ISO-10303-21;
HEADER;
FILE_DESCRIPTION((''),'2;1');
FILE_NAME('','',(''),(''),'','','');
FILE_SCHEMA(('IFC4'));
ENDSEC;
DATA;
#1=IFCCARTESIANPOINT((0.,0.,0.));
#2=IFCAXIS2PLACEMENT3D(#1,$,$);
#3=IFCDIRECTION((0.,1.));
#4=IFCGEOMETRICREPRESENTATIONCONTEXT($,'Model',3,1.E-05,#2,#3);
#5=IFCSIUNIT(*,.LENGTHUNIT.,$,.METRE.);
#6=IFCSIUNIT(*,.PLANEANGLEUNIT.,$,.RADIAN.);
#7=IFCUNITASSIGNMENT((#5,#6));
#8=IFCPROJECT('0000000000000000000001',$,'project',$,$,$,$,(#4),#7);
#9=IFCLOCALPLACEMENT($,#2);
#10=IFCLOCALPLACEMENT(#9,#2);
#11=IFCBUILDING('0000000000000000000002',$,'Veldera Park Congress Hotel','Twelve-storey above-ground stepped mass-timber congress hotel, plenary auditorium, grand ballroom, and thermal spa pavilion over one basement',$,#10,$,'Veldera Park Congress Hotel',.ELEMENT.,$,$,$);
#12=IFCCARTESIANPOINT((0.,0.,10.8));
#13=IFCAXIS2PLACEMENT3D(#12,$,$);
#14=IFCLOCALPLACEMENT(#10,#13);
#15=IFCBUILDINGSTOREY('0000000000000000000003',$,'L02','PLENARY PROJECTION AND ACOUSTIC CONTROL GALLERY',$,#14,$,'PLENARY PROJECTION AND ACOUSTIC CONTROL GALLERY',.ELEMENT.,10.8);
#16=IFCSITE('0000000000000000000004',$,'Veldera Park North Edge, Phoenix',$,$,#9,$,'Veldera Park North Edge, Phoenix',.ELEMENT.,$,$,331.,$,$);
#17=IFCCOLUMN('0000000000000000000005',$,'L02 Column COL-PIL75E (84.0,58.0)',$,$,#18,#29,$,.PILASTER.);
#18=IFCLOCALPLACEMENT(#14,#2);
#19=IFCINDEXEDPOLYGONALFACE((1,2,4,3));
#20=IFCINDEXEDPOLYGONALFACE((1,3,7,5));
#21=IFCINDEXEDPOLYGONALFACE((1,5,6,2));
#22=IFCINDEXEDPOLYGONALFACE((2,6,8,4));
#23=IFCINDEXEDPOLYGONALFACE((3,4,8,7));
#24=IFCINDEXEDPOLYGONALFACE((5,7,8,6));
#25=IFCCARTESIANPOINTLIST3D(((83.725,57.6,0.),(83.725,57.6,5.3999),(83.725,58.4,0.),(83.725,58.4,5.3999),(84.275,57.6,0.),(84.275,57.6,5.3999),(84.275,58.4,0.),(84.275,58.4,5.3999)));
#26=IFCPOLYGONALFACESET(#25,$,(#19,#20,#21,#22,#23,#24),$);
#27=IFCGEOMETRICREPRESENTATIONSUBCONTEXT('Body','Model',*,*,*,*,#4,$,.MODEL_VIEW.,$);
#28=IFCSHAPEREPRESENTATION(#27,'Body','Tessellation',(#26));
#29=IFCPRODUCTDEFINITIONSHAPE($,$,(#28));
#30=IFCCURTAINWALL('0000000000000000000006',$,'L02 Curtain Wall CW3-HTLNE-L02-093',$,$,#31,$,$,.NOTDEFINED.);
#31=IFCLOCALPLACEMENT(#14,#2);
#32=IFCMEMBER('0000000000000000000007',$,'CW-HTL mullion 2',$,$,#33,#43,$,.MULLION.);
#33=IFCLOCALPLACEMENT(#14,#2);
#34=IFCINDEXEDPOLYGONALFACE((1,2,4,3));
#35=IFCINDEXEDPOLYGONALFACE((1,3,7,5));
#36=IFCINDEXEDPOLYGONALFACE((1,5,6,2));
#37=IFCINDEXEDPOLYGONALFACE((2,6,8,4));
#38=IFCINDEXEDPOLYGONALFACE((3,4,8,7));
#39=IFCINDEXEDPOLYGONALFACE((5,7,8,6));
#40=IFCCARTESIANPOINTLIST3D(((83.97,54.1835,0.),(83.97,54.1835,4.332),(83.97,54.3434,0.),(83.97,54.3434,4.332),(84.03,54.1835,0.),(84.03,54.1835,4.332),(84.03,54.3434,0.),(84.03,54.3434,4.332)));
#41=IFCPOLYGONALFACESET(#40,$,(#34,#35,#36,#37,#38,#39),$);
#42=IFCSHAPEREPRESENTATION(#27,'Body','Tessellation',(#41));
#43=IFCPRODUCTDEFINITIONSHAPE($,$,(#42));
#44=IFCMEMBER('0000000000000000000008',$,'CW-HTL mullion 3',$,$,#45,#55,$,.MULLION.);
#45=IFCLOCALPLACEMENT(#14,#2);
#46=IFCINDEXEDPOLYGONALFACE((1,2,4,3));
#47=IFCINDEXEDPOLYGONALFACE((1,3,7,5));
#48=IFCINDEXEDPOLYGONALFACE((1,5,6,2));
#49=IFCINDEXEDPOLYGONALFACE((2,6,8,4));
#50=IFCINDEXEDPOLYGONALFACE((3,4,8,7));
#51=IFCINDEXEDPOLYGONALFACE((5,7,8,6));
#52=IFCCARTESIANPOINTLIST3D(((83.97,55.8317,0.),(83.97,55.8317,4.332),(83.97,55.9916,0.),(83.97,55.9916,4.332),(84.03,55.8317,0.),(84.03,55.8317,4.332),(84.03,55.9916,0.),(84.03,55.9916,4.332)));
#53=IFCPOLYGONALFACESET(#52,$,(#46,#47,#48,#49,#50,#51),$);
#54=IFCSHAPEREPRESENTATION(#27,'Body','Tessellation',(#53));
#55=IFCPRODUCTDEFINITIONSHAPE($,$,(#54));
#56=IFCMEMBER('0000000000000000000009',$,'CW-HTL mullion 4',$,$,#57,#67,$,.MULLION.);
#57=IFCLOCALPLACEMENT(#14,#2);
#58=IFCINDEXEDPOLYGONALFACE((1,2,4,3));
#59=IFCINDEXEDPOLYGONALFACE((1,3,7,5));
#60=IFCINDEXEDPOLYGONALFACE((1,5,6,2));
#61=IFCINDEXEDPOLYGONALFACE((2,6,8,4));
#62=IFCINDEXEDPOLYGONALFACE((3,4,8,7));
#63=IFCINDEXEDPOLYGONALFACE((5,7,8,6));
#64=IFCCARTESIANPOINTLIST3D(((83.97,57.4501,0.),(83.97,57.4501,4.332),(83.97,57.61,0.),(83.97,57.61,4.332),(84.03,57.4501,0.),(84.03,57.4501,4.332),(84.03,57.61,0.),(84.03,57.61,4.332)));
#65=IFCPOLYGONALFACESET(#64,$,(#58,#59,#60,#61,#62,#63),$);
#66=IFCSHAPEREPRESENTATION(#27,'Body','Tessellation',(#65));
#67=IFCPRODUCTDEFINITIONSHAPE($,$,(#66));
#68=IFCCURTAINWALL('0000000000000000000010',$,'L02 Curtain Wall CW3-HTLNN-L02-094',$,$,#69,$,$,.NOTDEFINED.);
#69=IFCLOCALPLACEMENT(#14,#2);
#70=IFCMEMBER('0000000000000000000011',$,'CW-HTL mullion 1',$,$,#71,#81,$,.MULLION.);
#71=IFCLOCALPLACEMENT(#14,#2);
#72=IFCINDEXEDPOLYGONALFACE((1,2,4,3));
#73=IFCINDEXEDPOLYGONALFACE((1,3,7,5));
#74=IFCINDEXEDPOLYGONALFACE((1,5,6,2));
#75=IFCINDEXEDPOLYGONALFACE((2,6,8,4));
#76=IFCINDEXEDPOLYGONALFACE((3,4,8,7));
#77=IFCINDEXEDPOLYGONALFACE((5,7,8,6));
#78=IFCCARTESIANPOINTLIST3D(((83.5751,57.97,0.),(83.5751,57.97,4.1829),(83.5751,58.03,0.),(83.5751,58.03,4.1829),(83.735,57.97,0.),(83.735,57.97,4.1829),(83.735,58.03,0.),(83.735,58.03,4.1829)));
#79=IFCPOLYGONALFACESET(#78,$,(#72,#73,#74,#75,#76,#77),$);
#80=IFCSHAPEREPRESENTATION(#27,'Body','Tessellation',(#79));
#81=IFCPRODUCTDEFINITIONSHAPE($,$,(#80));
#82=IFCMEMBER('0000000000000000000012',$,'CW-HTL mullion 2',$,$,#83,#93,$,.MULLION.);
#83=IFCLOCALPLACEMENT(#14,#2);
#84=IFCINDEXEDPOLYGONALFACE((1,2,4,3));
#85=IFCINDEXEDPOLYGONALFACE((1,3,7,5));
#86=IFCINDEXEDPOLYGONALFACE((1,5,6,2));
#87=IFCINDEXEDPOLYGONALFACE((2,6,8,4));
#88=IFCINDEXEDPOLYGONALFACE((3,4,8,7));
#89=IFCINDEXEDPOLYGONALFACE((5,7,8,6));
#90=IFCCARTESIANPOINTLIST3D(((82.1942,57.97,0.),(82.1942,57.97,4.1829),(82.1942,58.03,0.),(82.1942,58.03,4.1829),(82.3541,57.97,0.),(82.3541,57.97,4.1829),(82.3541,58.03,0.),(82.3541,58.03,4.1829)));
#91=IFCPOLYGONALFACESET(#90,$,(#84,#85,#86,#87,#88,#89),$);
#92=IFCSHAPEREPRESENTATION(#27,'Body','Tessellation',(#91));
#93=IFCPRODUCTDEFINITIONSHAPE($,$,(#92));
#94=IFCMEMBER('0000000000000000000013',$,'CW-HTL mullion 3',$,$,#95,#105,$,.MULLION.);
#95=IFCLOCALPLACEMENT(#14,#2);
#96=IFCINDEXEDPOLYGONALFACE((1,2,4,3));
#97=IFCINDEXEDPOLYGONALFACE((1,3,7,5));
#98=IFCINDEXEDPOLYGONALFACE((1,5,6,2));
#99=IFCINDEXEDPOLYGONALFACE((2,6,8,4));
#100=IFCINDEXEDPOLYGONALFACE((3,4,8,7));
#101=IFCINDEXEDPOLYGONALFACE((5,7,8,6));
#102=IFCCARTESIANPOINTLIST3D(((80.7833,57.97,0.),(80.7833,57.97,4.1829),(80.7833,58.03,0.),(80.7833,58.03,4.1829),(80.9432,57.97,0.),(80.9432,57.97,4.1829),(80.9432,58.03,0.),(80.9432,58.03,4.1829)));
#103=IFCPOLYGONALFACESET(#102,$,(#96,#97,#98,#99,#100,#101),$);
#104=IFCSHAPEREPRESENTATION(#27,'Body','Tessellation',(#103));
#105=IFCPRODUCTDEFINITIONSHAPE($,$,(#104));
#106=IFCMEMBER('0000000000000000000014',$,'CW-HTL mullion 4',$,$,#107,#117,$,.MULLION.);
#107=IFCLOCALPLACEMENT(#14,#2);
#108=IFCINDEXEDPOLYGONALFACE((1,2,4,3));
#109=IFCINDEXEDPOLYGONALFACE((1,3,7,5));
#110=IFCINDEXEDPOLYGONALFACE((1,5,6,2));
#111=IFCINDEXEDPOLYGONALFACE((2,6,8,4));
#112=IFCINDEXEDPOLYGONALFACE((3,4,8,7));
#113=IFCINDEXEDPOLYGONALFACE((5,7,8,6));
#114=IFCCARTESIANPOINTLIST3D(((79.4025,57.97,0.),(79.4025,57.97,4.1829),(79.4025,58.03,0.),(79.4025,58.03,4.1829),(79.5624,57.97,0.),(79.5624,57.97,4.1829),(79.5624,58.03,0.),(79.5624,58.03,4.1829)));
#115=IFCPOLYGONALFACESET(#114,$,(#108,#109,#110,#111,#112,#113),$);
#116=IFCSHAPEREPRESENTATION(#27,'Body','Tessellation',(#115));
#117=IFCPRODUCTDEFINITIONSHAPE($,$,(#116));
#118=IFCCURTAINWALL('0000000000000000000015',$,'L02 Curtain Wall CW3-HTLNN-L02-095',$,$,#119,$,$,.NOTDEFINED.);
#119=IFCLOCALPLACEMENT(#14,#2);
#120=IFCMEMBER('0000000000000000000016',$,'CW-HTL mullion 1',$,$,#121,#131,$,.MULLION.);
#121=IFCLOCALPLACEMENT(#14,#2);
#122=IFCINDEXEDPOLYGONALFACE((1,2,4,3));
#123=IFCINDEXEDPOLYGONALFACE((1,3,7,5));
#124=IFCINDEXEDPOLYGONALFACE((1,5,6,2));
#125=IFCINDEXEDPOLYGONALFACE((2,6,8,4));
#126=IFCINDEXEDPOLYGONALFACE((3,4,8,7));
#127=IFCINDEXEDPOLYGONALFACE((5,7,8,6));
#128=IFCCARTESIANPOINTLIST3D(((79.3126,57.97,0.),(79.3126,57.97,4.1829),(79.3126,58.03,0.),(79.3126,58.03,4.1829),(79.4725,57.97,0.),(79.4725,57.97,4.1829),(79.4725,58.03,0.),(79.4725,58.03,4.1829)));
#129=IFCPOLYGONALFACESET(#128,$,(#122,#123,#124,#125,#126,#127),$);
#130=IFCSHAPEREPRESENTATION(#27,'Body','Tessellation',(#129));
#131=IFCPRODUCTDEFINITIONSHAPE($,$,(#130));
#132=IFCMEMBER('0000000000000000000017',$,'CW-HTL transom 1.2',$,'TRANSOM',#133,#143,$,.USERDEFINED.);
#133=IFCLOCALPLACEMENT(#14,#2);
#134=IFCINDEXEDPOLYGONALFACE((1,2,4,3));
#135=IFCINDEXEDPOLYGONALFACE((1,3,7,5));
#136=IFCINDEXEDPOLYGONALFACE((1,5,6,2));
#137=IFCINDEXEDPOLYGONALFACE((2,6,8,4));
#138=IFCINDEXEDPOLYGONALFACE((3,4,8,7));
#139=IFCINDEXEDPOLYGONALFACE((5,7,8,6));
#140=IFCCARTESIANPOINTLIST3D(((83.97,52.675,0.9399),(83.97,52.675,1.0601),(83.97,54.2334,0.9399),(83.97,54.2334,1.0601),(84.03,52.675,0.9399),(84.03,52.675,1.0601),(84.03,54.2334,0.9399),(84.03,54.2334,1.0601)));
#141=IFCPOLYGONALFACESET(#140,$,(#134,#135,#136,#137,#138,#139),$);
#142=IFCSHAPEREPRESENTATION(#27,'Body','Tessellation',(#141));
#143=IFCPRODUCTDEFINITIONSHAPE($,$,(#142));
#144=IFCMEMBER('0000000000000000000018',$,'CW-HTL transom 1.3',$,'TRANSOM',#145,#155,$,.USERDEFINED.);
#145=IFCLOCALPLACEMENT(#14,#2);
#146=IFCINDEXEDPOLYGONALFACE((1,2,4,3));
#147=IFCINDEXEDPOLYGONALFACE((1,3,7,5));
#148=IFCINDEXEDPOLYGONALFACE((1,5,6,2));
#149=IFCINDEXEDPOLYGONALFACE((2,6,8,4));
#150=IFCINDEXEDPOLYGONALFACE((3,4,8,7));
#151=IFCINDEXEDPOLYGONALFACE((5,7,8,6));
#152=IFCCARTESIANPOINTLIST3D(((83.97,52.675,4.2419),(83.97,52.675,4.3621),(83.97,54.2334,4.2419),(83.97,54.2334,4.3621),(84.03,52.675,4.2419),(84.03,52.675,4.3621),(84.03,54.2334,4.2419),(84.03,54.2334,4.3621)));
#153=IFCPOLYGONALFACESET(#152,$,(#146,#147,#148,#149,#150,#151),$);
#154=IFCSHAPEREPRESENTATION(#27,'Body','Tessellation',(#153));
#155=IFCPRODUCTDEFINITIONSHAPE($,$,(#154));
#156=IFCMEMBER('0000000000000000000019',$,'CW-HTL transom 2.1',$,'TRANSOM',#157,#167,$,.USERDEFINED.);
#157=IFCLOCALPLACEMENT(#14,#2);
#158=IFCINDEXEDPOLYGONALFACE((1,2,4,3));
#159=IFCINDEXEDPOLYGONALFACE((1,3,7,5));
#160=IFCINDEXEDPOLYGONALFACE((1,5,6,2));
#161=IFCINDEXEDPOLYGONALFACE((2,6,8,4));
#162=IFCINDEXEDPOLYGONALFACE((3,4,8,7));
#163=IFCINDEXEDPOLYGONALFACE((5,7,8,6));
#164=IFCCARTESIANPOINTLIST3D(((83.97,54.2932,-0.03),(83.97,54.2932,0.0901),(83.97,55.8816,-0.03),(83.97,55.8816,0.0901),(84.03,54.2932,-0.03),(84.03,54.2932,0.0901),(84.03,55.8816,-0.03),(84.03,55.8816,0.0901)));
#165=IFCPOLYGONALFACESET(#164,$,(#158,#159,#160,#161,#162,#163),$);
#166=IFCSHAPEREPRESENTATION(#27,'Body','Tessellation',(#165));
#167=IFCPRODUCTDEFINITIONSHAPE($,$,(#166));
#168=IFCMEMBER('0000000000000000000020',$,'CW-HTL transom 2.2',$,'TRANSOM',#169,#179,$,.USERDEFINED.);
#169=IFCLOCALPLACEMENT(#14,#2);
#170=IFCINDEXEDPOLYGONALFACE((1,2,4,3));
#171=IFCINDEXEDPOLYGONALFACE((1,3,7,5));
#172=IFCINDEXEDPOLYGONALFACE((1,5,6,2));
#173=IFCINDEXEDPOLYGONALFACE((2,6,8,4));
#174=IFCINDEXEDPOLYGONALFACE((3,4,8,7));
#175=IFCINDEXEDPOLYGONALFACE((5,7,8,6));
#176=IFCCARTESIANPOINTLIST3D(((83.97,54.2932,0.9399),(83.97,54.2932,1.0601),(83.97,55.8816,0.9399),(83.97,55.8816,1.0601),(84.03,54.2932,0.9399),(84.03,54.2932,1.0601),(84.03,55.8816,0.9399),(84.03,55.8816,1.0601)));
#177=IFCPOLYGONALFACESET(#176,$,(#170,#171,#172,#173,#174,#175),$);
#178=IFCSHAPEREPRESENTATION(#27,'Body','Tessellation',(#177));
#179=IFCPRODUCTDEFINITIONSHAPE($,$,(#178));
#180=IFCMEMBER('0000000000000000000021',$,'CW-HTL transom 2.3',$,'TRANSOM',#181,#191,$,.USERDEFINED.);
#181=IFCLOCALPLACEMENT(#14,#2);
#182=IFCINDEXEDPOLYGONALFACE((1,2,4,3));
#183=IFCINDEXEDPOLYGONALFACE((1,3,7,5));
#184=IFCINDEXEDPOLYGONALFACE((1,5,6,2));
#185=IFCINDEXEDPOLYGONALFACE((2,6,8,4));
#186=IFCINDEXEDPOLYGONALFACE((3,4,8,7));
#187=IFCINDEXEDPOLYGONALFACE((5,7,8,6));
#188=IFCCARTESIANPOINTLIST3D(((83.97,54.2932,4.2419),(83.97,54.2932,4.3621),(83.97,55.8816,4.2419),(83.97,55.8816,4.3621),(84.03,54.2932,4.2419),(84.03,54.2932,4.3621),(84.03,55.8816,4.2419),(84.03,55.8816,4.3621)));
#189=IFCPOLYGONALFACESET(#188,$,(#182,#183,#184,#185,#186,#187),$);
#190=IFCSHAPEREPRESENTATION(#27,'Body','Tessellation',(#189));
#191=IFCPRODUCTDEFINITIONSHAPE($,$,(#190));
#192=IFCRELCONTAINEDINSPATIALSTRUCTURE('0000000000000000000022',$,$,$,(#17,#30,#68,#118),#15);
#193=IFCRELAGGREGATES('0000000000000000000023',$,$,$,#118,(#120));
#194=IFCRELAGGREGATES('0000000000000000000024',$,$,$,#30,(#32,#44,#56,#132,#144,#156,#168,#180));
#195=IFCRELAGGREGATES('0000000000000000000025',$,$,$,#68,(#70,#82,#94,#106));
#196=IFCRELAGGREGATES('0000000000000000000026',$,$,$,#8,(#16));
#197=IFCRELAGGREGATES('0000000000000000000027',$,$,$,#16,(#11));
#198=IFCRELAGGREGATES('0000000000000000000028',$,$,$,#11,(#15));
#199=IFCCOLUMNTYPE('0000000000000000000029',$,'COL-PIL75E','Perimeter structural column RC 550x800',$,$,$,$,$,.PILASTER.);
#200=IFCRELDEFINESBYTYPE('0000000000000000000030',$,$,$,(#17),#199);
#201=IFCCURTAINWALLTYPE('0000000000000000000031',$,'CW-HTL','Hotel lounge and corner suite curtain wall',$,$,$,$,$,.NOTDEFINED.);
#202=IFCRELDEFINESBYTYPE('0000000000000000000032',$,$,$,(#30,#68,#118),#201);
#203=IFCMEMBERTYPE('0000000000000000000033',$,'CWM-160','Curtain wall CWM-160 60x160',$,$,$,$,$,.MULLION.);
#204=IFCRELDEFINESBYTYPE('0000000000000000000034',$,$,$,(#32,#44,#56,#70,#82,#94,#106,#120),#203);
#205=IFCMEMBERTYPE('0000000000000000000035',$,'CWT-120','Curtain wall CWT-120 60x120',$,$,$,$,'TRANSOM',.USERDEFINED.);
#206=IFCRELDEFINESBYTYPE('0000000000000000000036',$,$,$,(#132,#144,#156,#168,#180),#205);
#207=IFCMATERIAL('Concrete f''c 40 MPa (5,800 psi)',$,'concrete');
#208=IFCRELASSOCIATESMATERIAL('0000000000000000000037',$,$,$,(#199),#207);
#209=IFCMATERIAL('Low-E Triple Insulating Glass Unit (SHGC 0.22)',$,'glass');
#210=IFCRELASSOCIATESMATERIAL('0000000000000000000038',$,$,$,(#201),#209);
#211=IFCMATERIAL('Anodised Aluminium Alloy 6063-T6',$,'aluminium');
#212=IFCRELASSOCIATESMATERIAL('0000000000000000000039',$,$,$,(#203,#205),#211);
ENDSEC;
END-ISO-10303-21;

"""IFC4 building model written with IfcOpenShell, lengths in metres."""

from ifc_helpers import new_model, si_unit, direction, frame, origin, origin_2d, place, context, subcontext, project, spatial, rectangle, extrude, material, material_profile, profile_set, type_object, element, aggregate, save


model = new_model("IFC4")

# Units and contexts
model_context = context("Model", 3, precision=1e-05, world=origin(), true_north=direction((0.0, 1.0)))
body_context = subcontext(model_context, "Body", "Model", "MODEL_VIEW")
ifc_project = project(units=[si_unit("LENGTHUNIT", "METRE"), si_unit("PLANEANGLEUNIT", "RADIAN")], contexts=[model_context])

# Site, building, storey
site_placement = place(None, origin())
site = spatial("IfcSite", under=ifc_project, at=site_placement, Name="Veldera Park North Edge, Phoenix", LongName="Veldera Park North Edge, Phoenix", CompositionType="ELEMENT", RefElevation=331.0)
building_placement = place(site_placement, origin())
building = spatial("IfcBuilding", under=site, at=building_placement, Name="Veldera Park Congress Hotel", Description="Twelve-storey above-ground stepped mass-timber congress hotel, plenary auditorium, grand ballroom, and thermal spa pavilion over one basement", LongName="Veldera Park Congress Hotel", CompositionType="ELEMENT")
storey_placement = place(building_placement, frame((0.0, 0.0, 10.8)))
storey = spatial("IfcBuildingStorey", under=building, at=storey_placement, Name="L02", Description="PLENARY PROJECTION AND ACOUSTIC CONTROL GALLERY", LongName="PLENARY PROJECTION AND ACOUSTIC CONTROL GALLERY", CompositionType="ELEMENT", Elevation=10.8)

# Column
ifc_material_1 = material(Name="Concrete f'c 40 MPa (5,800 psi)", Category="concrete")
ifc_material_profile_1 = material_profile(ifc_material_1, rectangle(XDim=0.55, YDim=0.8, at=origin_2d()), Name="RC 550x800")
ifc_profile_set_1 = profile_set([ifc_material_profile_1], Name="Concrete f'c 40 MPa (5,800 psi)")
column_type = type_object("IfcColumnType", Name="COL-PIL75E", Description="Perimeter structural column RC 550x800", PredefinedType="PILASTER", material=ifc_profile_set_1)
column_placement = place(storey_placement, frame((84.0, 58.0, 0.0), z_axis=(0.0, 0.0, 1.0), x_axis=(1.0, 0.0, 0.0)))
element("IfcColumn", 1, at=column_placement, inside=storey, type_object=column_type, Name="L02 Column COL-PIL75E (84.0,58.0)", PredefinedType="PILASTER", context=body_context, shape_type="SweptSolid", body=[
    extrude(rectangle(XDim=0.55, YDim=0.8, at=origin_2d()), origin(), (0.0, 0.0, 1.0), 5.3999),
])

# Curtain walls, members
ifc_material_2 = material(Name="Low-E Triple Insulating Glass Unit (SHGC 0.22)", Category="glass")
curtain_wall_type = type_object("IfcCurtainWallType", Name="CW-HTL", Description="Hotel lounge and corner suite curtain wall", PredefinedType="NOTDEFINED", material=ifc_material_2)
curtain_wall_1_placement = place(storey_placement, origin())
curtain_wall_1 = element("IfcCurtainWall", 2, at=curtain_wall_1_placement, inside=storey, type_object=curtain_wall_type, Name="L02 Curtain Wall CW3-HTLNE-L02-093", PredefinedType="NOTDEFINED")
ifc_material_3 = material(Name="Anodised Aluminium Alloy 6063-T6", Category="aluminium")
ifc_material_profile_2 = material_profile(ifc_material_3, rectangle(XDim=0.0601, YDim=0.1599, at=origin_2d()), Name="ALU 60x160")
ifc_profile_set_2 = profile_set([ifc_material_profile_2], Name="Anodised Aluminium Alloy 6063-T6")
member_type_1 = type_object("IfcMemberType", Name="CWM-160", Description="Curtain wall CWM-160 60x160", PredefinedType="MULLION", material=ifc_profile_set_2)
member_1_placement = place(storey_placement, frame((84.0, 54.2634, 0.0), z_axis=(0.0, 0.0, 1.0), x_axis=(-1.0, 0.0, 0.0)))
member_1 = element("IfcMember", 3, at=member_1_placement, type_object=member_type_1, Name="CW-HTL mullion 2", PredefinedType="MULLION", context=body_context, shape_type="SweptSolid", body=[
    extrude(rectangle(XDim=0.0601, YDim=0.1599, at=origin_2d()), origin(), (0.0, 0.0, 1.0), 4.332),
])
member_2_placement = place(storey_placement, frame((84.0, 55.9116, 0.0), z_axis=(0.0, 0.0, 1.0), x_axis=(-1.0, 0.0, 0.0)))
member_2 = element("IfcMember", 4, at=member_2_placement, type_object=member_type_1, Name="CW-HTL mullion 3", PredefinedType="MULLION", context=body_context, shape_type="SweptSolid", body=[
    extrude(rectangle(XDim=0.0601, YDim=0.1599, at=origin_2d()), origin(), (0.0, 0.0, 1.0), 4.332),
])
member_3_placement = place(storey_placement, frame((84.0, 57.53, 0.0), z_axis=(0.0, 0.0, 1.0), x_axis=(-1.0, 0.0, 0.0)))
member_3 = element("IfcMember", 5, at=member_3_placement, type_object=member_type_1, Name="CW-HTL mullion 4", PredefinedType="MULLION", context=body_context, shape_type="SweptSolid", body=[
    extrude(rectangle(XDim=0.0601, YDim=0.1599, at=origin_2d()), origin(), (0.0, 0.0, 1.0), 4.332),
])
curtain_wall_2_placement = place(storey_placement, origin())
curtain_wall_2 = element("IfcCurtainWall", 6, at=curtain_wall_2_placement, inside=storey, type_object=curtain_wall_type, Name="L02 Curtain Wall CW3-HTLNN-L02-094", PredefinedType="NOTDEFINED")
member_4_placement = place(storey_placement, frame((83.655, 58.0, 0.0), z_axis=(0.0, 0.0, 1.0), x_axis=(0.0, -1.0, 0.0)))
member_4 = element("IfcMember", 7, at=member_4_placement, type_object=member_type_1, Name="CW-HTL mullion 1", PredefinedType="MULLION", context=body_context, shape_type="SweptSolid", body=[
    extrude(rectangle(XDim=0.0601, YDim=0.1599, at=origin_2d()), origin(), (0.0, 0.0, 1.0), 4.1829),
])
member_5_placement = place(storey_placement, frame((82.2742, 58.0, 0.0), z_axis=(0.0, 0.0, 1.0), x_axis=(0.0, -1.0, 0.0)))
member_5 = element("IfcMember", 8, at=member_5_placement, type_object=member_type_1, Name="CW-HTL mullion 2", PredefinedType="MULLION", context=body_context, shape_type="SweptSolid", body=[
    extrude(rectangle(XDim=0.0601, YDim=0.1599, at=origin_2d()), origin(), (0.0, 0.0, 1.0), 4.1829),
])
member_6_placement = place(storey_placement, frame((80.8633, 58.0, 0.0), z_axis=(0.0, 0.0, 1.0), x_axis=(0.0, -1.0, 0.0)))
member_6 = element("IfcMember", 9, at=member_6_placement, type_object=member_type_1, Name="CW-HTL mullion 3", PredefinedType="MULLION", context=body_context, shape_type="SweptSolid", body=[
    extrude(rectangle(XDim=0.0601, YDim=0.1599, at=origin_2d()), origin(), (0.0, 0.0, 1.0), 4.1829),
])
member_7_placement = place(storey_placement, frame((79.4824, 58.0, 0.0), z_axis=(0.0, 0.0, 1.0), x_axis=(0.0, -1.0, 0.0)))
member_7 = element("IfcMember", 10, at=member_7_placement, type_object=member_type_1, Name="CW-HTL mullion 4", PredefinedType="MULLION", context=body_context, shape_type="SweptSolid", body=[
    extrude(rectangle(XDim=0.0601, YDim=0.1599, at=origin_2d()), origin(), (0.0, 0.0, 1.0), 4.1829),
])

# Curtain wall, member
curtain_wall_3_placement = place(storey_placement, origin())
curtain_wall_3 = element("IfcCurtainWall", 11, at=curtain_wall_3_placement, inside=storey, type_object=curtain_wall_type, Name="L02 Curtain Wall CW3-HTLNN-L02-095", PredefinedType="NOTDEFINED")
member_8_placement = place(storey_placement, frame((79.3926, 58.0, 0.0), z_axis=(0.0, 0.0, 1.0), x_axis=(0.0, -1.0, 0.0)))
member_8 = element("IfcMember", 12, at=member_8_placement, type_object=member_type_1, Name="CW-HTL mullion 1", PredefinedType="MULLION", context=body_context, shape_type="SweptSolid", body=[
    extrude(rectangle(XDim=0.0601, YDim=0.1599, at=origin_2d()), origin(), (0.0, 0.0, 1.0), 4.1829),
])

# Members
ifc_material_profile_3 = material_profile(ifc_material_3, rectangle(XDim=0.0601, YDim=0.1201, at=origin_2d()), Name="ALU 60x120")
ifc_profile_set_3 = profile_set([ifc_material_profile_3], Name="Anodised Aluminium Alloy 6063-T6")
member_type_2 = type_object("IfcMemberType", Name="CWT-120", Description="Curtain wall CWT-120 60x120", ElementType="TRANSOM", PredefinedType="USERDEFINED", material=ifc_profile_set_3)
member_9_placement = place(storey_placement, frame((84.0, 52.675, 1.0), z_axis=(0.0, 1.0, 0.0), x_axis=(-1.0, 0.0, 0.0)))
member_9 = element("IfcMember", 13, at=member_9_placement, type_object=member_type_2, Name="CW-HTL transom 1.2", ObjectType="TRANSOM", PredefinedType="USERDEFINED", context=body_context, shape_type="SweptSolid", body=[
    extrude(rectangle(XDim=0.0601, YDim=0.1201, at=origin_2d()), origin(), (0.0, 0.0, 1.0), 1.5583),
])
member_10_placement = place(storey_placement, frame((84.0, 52.675, 4.302), z_axis=(0.0, 1.0, 0.0), x_axis=(-1.0, 0.0, 0.0)))
member_10 = element("IfcMember", 14, at=member_10_placement, type_object=member_type_2, Name="CW-HTL transom 1.3", ObjectType="TRANSOM", PredefinedType="USERDEFINED", context=body_context, shape_type="SweptSolid", body=[
    extrude(rectangle(XDim=0.0601, YDim=0.1201, at=origin_2d()), origin(), (0.0, 0.0, 1.0), 1.5583),
])
member_11_placement = place(storey_placement, frame((84.0, 54.2932, 0.03), z_axis=(0.0, 1.0, 0.0), x_axis=(-1.0, 0.0, 0.0)))
member_11 = element("IfcMember", 15, at=member_11_placement, type_object=member_type_2, Name="CW-HTL transom 2.1", ObjectType="TRANSOM", PredefinedType="USERDEFINED", context=body_context, shape_type="SweptSolid", body=[
    extrude(rectangle(XDim=0.0601, YDim=0.1201, at=origin_2d()), origin(), (0.0, 0.0, 1.0), 1.5884),
])
member_12_placement = place(storey_placement, frame((84.0, 54.2932, 1.0), z_axis=(0.0, 1.0, 0.0), x_axis=(-1.0, 0.0, 0.0)))
member_12 = element("IfcMember", 16, at=member_12_placement, type_object=member_type_2, Name="CW-HTL transom 2.2", ObjectType="TRANSOM", PredefinedType="USERDEFINED", context=body_context, shape_type="SweptSolid", body=[
    extrude(rectangle(XDim=0.0601, YDim=0.1201, at=origin_2d()), origin(), (0.0, 0.0, 1.0), 1.5884),
])
member_13_placement = place(storey_placement, frame((84.0, 54.2932, 4.302), z_axis=(0.0, 1.0, 0.0), x_axis=(-1.0, 0.0, 0.0)))
member_13 = element("IfcMember", 17, at=member_13_placement, type_object=member_type_2, Name="CW-HTL transom 2.3", ObjectType="TRANSOM", PredefinedType="USERDEFINED", context=body_context, shape_type="SweptSolid", body=[
    extrude(rectangle(XDim=0.0601, YDim=0.1201, at=origin_2d()), origin(), (0.0, 0.0, 1.0), 1.5884),
])
aggregate(curtain_wall_3, [member_8])

aggregate(curtain_wall_1, [member_1, member_2, member_3, member_9, member_10, member_11, member_12, member_13])
aggregate(curtain_wall_2, [member_4, member_5, member_6, member_7])

save(model, "model.ifc")
